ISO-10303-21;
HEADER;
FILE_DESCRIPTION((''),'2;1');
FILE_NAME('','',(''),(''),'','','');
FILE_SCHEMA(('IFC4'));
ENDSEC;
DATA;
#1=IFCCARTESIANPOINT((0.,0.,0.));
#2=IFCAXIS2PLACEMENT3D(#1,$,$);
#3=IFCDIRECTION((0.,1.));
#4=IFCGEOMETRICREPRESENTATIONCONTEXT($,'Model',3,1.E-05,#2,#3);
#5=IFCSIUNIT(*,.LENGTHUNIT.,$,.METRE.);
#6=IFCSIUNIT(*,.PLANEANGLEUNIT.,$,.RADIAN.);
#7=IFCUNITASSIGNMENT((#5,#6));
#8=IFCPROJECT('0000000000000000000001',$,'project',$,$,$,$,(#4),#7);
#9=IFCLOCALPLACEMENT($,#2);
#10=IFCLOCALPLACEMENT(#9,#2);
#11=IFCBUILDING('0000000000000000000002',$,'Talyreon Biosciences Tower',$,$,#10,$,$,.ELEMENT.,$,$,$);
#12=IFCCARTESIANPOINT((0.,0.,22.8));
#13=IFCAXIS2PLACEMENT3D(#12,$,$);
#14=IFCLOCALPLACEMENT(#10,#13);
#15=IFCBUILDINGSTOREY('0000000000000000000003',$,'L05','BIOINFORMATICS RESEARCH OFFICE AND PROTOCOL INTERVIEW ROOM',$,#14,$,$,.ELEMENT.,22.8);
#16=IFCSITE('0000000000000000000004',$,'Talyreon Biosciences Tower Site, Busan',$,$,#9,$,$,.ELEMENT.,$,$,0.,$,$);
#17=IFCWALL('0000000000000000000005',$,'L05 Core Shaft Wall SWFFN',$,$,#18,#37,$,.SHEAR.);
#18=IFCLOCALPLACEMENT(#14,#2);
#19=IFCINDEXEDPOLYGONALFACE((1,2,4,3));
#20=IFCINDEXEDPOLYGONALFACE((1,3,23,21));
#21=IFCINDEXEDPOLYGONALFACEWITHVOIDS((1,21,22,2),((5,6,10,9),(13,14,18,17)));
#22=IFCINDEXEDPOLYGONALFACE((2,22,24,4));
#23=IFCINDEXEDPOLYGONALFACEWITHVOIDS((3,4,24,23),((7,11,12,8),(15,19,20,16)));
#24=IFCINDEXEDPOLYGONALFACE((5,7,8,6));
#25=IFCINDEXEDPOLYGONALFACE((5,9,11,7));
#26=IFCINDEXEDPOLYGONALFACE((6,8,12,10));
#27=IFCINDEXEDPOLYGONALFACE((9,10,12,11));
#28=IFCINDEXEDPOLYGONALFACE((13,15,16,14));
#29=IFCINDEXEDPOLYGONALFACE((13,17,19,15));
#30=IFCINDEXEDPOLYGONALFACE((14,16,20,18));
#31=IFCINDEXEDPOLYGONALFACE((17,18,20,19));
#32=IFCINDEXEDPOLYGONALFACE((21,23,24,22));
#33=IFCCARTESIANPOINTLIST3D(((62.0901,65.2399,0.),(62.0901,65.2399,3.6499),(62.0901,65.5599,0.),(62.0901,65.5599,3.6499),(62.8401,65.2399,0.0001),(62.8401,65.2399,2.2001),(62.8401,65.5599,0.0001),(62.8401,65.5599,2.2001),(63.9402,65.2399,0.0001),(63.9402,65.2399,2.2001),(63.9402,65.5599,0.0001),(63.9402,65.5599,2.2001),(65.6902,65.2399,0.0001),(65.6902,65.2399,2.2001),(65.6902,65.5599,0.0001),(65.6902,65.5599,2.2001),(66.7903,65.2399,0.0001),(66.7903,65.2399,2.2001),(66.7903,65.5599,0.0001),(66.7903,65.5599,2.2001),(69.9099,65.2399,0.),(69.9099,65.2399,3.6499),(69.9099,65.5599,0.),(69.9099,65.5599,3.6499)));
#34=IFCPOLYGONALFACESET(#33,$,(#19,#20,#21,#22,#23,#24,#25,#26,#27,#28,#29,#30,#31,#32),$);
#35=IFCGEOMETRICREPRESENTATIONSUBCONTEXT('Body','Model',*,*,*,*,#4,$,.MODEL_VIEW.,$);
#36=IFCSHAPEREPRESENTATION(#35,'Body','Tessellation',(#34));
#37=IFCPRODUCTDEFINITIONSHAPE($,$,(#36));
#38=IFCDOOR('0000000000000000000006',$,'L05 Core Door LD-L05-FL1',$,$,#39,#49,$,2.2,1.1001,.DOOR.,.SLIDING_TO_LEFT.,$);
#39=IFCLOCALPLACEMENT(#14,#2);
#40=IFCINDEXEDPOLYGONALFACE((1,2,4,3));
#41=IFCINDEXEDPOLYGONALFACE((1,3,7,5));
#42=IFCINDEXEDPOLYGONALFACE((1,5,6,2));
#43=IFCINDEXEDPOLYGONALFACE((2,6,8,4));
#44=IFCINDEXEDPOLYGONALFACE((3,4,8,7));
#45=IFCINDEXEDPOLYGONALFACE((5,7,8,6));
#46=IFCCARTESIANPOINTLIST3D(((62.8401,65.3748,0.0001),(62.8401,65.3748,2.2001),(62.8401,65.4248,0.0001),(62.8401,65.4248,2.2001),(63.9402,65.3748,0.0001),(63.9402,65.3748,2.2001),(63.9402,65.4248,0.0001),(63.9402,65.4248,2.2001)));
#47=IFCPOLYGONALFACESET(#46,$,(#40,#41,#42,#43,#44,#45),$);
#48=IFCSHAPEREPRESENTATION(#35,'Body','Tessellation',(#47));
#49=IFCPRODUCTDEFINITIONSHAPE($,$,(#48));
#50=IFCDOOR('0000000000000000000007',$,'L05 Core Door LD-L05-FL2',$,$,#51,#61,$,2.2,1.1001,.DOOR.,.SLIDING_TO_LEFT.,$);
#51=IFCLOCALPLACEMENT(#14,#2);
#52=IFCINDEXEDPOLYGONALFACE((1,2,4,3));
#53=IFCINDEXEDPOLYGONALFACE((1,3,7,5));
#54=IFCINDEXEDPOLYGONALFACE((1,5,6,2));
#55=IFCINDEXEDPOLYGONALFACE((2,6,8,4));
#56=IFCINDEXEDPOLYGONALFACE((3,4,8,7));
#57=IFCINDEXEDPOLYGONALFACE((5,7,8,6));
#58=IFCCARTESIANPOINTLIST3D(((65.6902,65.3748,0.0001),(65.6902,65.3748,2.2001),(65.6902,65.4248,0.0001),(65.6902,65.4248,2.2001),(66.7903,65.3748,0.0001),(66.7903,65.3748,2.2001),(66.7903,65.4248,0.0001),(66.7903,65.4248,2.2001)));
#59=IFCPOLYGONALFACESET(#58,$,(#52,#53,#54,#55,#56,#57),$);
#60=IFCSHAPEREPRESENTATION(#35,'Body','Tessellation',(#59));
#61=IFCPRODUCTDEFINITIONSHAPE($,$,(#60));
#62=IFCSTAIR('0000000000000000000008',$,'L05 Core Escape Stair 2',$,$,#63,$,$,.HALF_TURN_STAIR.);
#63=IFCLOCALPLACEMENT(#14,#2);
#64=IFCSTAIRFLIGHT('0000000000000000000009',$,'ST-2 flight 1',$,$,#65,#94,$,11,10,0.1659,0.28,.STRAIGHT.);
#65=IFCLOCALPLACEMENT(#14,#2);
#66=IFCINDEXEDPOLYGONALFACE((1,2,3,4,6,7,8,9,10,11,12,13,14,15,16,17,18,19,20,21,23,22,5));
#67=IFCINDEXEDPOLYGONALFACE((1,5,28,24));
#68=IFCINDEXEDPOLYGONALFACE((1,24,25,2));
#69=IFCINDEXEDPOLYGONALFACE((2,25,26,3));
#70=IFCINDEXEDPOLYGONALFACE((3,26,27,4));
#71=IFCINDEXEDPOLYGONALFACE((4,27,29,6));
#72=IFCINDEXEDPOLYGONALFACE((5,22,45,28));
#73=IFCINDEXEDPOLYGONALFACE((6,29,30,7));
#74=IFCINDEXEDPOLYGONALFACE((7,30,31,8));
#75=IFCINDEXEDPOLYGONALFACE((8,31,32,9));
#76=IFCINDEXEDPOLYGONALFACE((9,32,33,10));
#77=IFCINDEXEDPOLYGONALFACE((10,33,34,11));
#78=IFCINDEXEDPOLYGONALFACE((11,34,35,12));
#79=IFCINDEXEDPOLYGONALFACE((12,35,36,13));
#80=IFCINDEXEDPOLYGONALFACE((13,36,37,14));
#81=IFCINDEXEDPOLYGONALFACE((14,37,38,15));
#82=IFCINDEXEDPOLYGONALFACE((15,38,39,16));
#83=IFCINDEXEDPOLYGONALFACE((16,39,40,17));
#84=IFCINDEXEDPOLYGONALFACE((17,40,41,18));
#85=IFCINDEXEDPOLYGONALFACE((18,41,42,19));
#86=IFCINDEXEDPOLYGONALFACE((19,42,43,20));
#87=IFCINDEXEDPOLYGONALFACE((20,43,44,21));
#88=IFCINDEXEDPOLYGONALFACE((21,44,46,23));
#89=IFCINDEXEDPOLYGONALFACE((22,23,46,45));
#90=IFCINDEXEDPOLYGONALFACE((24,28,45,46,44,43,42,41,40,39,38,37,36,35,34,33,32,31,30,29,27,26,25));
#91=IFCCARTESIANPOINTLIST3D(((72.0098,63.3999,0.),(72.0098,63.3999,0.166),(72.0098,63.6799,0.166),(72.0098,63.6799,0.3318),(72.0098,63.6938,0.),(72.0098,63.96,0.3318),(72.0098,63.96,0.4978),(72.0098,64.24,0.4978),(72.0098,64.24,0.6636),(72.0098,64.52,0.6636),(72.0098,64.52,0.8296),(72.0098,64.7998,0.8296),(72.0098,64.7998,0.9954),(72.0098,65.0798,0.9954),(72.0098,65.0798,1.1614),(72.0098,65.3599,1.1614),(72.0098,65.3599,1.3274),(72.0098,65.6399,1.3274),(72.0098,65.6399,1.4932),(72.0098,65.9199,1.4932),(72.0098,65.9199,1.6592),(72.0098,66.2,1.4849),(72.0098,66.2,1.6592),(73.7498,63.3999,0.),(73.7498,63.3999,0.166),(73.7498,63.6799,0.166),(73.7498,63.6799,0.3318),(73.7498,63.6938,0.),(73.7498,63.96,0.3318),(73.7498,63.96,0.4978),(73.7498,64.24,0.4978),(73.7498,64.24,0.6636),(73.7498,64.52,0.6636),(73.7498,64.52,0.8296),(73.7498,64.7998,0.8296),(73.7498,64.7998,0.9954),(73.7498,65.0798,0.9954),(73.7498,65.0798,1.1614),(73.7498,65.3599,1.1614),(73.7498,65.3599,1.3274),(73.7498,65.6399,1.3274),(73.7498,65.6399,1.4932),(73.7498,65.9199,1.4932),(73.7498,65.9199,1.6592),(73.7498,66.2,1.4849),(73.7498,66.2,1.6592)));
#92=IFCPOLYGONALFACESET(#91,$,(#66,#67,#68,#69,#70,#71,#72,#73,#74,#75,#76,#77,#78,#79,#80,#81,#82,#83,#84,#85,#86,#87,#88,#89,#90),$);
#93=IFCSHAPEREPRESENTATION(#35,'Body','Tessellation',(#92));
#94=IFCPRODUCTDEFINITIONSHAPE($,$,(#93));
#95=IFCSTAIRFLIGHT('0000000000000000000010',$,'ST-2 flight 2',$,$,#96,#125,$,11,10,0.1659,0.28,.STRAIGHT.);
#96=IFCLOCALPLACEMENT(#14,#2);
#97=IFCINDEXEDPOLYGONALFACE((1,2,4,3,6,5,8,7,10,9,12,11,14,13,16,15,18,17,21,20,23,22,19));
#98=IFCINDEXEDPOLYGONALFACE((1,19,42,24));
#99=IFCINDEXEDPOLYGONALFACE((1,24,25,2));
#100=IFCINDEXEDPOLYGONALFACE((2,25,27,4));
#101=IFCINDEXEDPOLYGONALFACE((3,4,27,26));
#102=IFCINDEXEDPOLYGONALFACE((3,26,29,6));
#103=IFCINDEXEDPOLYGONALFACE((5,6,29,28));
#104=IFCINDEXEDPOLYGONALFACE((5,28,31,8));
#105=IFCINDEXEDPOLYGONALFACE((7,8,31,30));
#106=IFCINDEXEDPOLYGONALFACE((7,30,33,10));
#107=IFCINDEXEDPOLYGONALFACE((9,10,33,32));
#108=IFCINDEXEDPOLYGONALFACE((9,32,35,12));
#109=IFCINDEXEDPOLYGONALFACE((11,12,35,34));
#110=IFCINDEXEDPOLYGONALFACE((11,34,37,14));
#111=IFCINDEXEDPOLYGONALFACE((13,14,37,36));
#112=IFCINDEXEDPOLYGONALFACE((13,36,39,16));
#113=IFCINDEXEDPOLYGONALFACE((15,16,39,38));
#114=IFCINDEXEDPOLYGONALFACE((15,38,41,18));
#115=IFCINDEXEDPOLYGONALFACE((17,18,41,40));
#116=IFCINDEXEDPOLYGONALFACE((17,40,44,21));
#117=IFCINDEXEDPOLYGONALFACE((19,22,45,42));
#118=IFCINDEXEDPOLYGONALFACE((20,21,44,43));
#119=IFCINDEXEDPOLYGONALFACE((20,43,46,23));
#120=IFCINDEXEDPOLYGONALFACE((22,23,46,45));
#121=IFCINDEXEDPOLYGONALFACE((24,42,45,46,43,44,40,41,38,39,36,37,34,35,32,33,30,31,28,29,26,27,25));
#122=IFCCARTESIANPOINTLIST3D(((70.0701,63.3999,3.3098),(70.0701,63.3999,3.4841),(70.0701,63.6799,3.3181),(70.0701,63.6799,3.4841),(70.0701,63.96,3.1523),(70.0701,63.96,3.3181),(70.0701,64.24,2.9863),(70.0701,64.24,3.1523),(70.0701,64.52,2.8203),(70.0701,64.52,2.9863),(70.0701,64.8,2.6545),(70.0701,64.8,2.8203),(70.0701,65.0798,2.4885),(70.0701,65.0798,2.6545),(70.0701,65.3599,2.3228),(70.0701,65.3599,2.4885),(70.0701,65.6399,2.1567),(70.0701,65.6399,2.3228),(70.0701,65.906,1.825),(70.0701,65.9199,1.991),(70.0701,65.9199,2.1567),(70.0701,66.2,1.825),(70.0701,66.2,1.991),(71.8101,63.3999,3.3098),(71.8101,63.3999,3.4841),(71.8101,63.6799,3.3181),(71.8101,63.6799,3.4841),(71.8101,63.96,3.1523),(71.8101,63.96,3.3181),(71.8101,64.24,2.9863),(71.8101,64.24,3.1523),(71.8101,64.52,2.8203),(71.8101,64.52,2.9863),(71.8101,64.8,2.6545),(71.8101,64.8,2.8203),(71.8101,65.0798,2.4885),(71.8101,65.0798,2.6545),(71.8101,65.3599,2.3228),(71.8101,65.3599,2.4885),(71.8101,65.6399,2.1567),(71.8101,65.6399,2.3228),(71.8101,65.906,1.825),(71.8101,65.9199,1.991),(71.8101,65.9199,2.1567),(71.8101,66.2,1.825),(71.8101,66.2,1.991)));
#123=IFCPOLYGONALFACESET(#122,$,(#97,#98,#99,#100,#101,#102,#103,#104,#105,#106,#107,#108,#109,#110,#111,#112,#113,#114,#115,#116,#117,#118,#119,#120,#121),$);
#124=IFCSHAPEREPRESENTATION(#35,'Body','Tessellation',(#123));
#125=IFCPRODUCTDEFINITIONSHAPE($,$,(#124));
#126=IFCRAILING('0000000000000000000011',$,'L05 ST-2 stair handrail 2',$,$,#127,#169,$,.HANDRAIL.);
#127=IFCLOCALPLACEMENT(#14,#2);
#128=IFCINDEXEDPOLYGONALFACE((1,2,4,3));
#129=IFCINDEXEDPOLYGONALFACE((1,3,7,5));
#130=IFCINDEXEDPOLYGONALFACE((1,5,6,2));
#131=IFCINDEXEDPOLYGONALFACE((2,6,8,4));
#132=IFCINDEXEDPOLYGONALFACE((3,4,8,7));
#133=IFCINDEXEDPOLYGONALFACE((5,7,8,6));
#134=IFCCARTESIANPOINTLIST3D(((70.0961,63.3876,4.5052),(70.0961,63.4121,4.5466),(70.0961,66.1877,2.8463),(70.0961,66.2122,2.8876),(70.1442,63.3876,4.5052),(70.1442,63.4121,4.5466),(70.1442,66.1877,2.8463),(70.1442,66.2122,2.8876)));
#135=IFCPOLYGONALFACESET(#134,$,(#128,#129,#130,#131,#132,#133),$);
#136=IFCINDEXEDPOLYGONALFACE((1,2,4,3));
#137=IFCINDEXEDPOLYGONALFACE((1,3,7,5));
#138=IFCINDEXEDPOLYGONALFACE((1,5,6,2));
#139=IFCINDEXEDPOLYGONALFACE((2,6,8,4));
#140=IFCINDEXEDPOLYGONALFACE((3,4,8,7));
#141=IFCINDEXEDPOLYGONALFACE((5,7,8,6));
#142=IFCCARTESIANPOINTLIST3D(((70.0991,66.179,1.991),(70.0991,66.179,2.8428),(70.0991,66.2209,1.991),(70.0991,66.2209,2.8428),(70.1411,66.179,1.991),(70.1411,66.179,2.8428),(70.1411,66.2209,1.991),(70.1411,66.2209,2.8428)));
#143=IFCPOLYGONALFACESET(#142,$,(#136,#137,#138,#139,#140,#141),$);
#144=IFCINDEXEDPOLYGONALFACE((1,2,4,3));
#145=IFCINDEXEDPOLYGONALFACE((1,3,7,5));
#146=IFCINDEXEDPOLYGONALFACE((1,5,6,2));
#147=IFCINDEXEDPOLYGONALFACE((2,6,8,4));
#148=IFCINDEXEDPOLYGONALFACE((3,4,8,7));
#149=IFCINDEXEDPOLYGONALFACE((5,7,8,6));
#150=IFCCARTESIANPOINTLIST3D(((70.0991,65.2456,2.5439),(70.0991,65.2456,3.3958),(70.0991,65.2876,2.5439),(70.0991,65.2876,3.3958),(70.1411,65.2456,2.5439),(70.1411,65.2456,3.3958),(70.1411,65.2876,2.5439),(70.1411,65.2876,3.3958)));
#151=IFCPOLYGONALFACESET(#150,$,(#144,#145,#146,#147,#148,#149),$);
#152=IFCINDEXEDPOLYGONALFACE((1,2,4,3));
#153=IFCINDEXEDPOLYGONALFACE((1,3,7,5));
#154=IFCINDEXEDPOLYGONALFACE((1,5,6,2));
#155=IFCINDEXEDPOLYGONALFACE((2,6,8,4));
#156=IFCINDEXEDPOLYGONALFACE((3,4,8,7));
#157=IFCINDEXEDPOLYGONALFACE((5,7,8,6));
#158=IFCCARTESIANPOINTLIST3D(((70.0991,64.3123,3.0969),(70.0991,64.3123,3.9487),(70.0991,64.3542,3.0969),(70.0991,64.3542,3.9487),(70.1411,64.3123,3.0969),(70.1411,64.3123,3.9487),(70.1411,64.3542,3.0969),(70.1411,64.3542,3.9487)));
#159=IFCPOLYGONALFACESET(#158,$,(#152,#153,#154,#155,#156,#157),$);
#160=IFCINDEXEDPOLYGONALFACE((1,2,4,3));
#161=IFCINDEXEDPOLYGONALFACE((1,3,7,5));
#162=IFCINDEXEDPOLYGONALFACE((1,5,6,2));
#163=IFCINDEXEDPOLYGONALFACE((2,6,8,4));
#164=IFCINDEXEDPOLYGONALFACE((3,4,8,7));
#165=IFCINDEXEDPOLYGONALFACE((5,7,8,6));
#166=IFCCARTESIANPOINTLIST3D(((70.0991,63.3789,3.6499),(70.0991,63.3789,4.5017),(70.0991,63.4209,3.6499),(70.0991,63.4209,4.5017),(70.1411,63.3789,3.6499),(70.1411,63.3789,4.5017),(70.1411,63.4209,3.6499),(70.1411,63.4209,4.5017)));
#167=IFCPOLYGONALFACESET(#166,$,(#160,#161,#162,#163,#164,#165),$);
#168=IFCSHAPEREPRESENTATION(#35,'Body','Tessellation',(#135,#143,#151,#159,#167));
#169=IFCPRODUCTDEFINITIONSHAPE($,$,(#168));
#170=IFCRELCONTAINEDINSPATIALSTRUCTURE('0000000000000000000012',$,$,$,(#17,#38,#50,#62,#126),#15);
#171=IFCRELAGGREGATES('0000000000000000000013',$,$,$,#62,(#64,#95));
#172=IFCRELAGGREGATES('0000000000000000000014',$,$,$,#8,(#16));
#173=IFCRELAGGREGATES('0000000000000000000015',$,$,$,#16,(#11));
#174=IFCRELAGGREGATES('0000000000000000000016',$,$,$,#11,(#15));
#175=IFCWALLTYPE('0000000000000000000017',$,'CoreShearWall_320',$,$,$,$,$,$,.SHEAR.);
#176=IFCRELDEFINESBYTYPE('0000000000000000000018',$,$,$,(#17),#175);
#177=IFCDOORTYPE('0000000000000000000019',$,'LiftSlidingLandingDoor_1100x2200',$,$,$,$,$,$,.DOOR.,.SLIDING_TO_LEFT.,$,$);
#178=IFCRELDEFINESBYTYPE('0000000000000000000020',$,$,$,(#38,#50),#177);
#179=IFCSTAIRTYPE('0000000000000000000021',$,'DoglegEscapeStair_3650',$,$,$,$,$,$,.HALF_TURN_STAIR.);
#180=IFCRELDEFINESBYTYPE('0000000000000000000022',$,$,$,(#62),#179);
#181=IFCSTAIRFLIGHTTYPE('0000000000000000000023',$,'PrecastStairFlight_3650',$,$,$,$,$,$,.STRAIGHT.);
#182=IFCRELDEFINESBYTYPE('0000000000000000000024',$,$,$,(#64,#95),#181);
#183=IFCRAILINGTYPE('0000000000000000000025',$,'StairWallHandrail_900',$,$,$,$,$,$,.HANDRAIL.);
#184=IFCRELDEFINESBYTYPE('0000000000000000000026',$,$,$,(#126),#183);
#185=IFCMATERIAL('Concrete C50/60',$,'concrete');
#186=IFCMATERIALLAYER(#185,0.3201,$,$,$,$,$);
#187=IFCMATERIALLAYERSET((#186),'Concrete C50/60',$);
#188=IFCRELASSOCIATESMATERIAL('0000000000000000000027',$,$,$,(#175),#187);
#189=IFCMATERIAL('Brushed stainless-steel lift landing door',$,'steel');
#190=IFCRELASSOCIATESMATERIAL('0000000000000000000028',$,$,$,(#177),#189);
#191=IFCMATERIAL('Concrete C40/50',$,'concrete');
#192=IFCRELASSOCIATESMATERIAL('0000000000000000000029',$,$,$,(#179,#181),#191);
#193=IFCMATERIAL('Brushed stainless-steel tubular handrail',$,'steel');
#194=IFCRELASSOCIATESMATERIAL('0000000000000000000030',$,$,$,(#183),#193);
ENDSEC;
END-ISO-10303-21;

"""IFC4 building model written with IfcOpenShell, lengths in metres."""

from ifc_helpers import new_model, si_unit, direction, frame, frame_2d, origin, origin_2d, place, context, subcontext, project, spatial, polyline, rectangle, outline, extrude, material, layer, layer_set, type_object, element, fill, aggregate, save


model = new_model("IFC4")

# Units and contexts
model_context = context("Model", 3, precision=1e-05, world=origin(), true_north=direction((0.0, 1.0)))
body_context = subcontext(model_context, "Body", "Model", "MODEL_VIEW")
ifc_project = project(units=[si_unit("LENGTHUNIT", "METRE"), si_unit("PLANEANGLEUNIT", "RADIAN")], contexts=[model_context])

# Site, building, storey
site_placement = place(None, origin())
site = spatial("IfcSite", under=ifc_project, at=site_placement, Name="Talyreon Biosciences Tower Site, Busan", CompositionType="ELEMENT", RefElevation=0.0)
building_placement = place(site_placement, origin())
building = spatial("IfcBuilding", under=site, at=building_placement, Name="Talyreon Biosciences Tower", CompositionType="ELEMENT")
storey_placement = place(building_placement, frame((0.0, 0.0, 22.8)))
storey = spatial("IfcBuildingStorey", under=building, at=storey_placement, Name="L05", Description="BIOINFORMATICS RESEARCH OFFICE AND PROTOCOL INTERVIEW ROOM", CompositionType="ELEMENT", Elevation=22.8)

# Shared definitions
ifc_material_1 = material(Name="Concrete C50/60", Category="concrete")

# Shared definitions
ifc_layer_1 = layer(ifc_material_1, 0.3201)
ifc_layer_set_1 = layer_set([ifc_layer_1], Name="Concrete C50/60")
wall_type_1 = type_object("IfcWallType", Name="CoreShearWall_320", PredefinedType="SHEAR", material=ifc_layer_set_1)

# Wall, openings, doors
wall_1_placement = place(storey_placement, frame((62.0901, 65.3999, 0.0), z_axis=(0.0, 0.0, 1.0), x_axis=(1.0, 0.0, 0.0)))
wall_1 = element("IfcWall", 1, at=wall_1_placement, inside=storey, type_object=wall_type_1, Name="L05 Core Shaft Wall SWFFN", PredefinedType="SHEAR", context=body_context, shape_type="SweptSolid", body=[
    extrude(rectangle(XDim=7.8198, YDim=0.3201, at=frame_2d((3.9099, 0.0))), origin(), (0.0, 0.0, 1.0), 3.6499),
])
opening_1_placement = place(wall_1_placement, frame((0.75, 0.0, 0.0)))
opening_1 = element("IfcOpeningElement", 2, at=opening_1_placement, cuts=wall_1, PredefinedType="OPENING", context=body_context, shape_type="SweptSolid", body=[
    extrude(rectangle(XDim=1.1001, YDim=2.2, at=frame_2d((0.55, 1.1001))), frame((0.0, 0.1699, 0.0), z_axis=(0.0, -1.0, 0.0), x_axis=(1.0, 0.0, 0.0)), (0.0, 0.0, 1.0), 0.3401),
])
opening_2_placement = place(wall_1_placement, frame((3.6001, 0.0, 0.0)))
opening_2 = element("IfcOpeningElement", 3, at=opening_2_placement, cuts=wall_1, PredefinedType="OPENING", context=body_context, shape_type="SweptSolid", body=[
    extrude(rectangle(XDim=1.1001, YDim=2.2, at=frame_2d((0.55, 1.1001))), frame((0.0, 0.1699, 0.0), z_axis=(0.0, -1.0, 0.0), x_axis=(1.0, 0.0, 0.0)), (0.0, 0.0, 1.0), 0.3401),
])
ifc_material_2 = material(Name="Brushed stainless-steel lift landing door", Category="steel")
door_type_1 = type_object("IfcDoorType", Name="LiftSlidingLandingDoor_1100x2200", OperationType="SLIDING_TO_LEFT", PredefinedType="DOOR", material=ifc_material_2)
door_1_placement = place(opening_1_placement, origin())
door_1 = element("IfcDoor", 4, at=door_1_placement, inside=storey, type_object=door_type_1, Name="L05 Core Door LD-L05-FL1", OperationType="SLIDING_TO_LEFT", OverallHeight=2.2, OverallWidth=1.1001, PredefinedType="DOOR", context=body_context, shape_type="SweptSolid", body=[
    extrude(rectangle(XDim=1.1001, YDim=2.2, at=frame_2d((0.55, 1.1001))), frame((0.0, 0.0249, 0.0), z_axis=(0.0, -1.0, 0.0), x_axis=(1.0, 0.0, 0.0)), (0.0, 0.0, 1.0), 0.05),
])
fill(opening_1, door_1)
door_2_placement = place(opening_2_placement, origin())
door_2 = element("IfcDoor", 5, at=door_2_placement, inside=storey, type_object=door_type_1, Name="L05 Core Door LD-L05-FL2", OperationType="SLIDING_TO_LEFT", OverallHeight=2.2, OverallWidth=1.1001, PredefinedType="DOOR", context=body_context, shape_type="SweptSolid", body=[
    extrude(rectangle(XDim=1.1001, YDim=2.2, at=frame_2d((0.55, 1.1001))), frame((0.0, 0.0249, 0.0), z_axis=(0.0, -1.0, 0.0), x_axis=(1.0, 0.0, 0.0)), (0.0, 0.0, 1.0), 0.05),
])
fill(opening_2, door_2)

# Stair, stair flights
ifc_material_3 = material(Name="Concrete C40/50", Category="concrete")
stair_type = type_object("IfcStairType", Name="DoglegEscapeStair_3650", PredefinedType="HALF_TURN_STAIR", material=ifc_material_3)
stair_placement = place(storey_placement, origin())
stair = element("IfcStair", 6, at=stair_placement, inside=storey, type_object=stair_type, Name="L05 Core Escape Stair 2", PredefinedType="HALF_TURN_STAIR")
stair_flight_type = type_object("IfcStairFlightType", Name="PrecastStairFlight_3650", PredefinedType="STRAIGHT", material=ifc_material_3)
stair_flight_1_placement = place(storey_placement, frame((72.8799, 63.3999, 0.0), z_axis=(0.0, 0.0, 1.0), x_axis=(0.0, 1.0, 0.0)))
stair_flight_1 = element("IfcStairFlight", 7, at=stair_flight_1_placement, type_object=stair_flight_type, Name="ST-2 flight 1", NumberOfRisers=11, NumberOfTreads=10, PredefinedType="STRAIGHT", RiserHeight=0.1659, TreadLength=0.28, context=body_context, shape_type="SweptSolid", body=[
    extrude(outline(polyline([(0.0, 0.0), (0.0, 0.166), (0.28, 0.166), (0.28, 0.3318), (0.5601, 0.3318), (0.5601, 0.4978), (0.8401, 0.4978), (0.8401, 0.6636), (1.1201, 0.6636), (1.1201, 0.8296), (1.3999, 0.8296), (1.3999, 0.9954), (1.6799, 0.9954), (1.6799, 1.1614), (1.96, 1.1614), (1.96, 1.3274), (2.24, 1.3274), (2.24, 1.4932), (2.52, 1.4932), (2.52, 1.6592), (2.8, 1.6592), (2.8, 1.825), (2.8, 1.4849), (0.2939, 0.0), (0.0, 0.0)])), frame((0.0, 0.8701, 0.0), z_axis=(0.0, -1.0, 0.0), x_axis=(1.0, 0.0, 0.0)), (0.0, 0.0, 1.0), 1.74),
])
stair_flight_2_placement = place(storey_placement, frame((70.9399, 66.2, 1.825), z_axis=(0.0, 0.0, 1.0), x_axis=(0.0, -1.0, 0.0)))
stair_flight_2 = element("IfcStairFlight", 8, at=stair_flight_2_placement, type_object=stair_flight_type, Name="ST-2 flight 2", NumberOfRisers=11, NumberOfTreads=10, PredefinedType="STRAIGHT", RiserHeight=0.1659, TreadLength=0.28, context=body_context, shape_type="SweptSolid", body=[
    extrude(outline(polyline([(0.0, 0.0), (0.0, 0.166), (0.28, 0.166), (0.28, 0.3318), (0.5601, 0.3318), (0.5601, 0.4978), (0.8401, 0.4978), (0.8401, 0.6636), (1.1201, 0.6636), (1.1201, 0.8296), (1.3999, 0.8296), (1.3999, 0.9954), (1.6799, 0.9954), (1.6799, 1.1614), (1.96, 1.1614), (1.96, 1.3274), (2.24, 1.3274), (2.24, 1.4932), (2.52, 1.4932), (2.52, 1.6592), (2.8, 1.6592), (2.8, 1.825), (2.8, 1.4849), (0.2939, 0.0), (0.0, 0.0)])), frame((0.0, 0.8701, 0.0), z_axis=(0.0, -1.0, 0.0), x_axis=(1.0, 0.0, 0.0)), (0.0, 0.0, 1.0), 1.74),
])
aggregate(stair, [stair_flight_1, stair_flight_2])

# Railing
ifc_material_4 = material(Name="Brushed stainless-steel tubular handrail", Category="steel")
railing_type_1 = type_object("IfcRailingType", Name="StairWallHandrail_900", PredefinedType="HANDRAIL", material=ifc_material_4)
railing_1_placement = place(storey_placement, frame((70.1201, 66.2, 1.991)))
element("IfcRailing", 9, at=railing_1_placement, inside=storey, type_object=railing_type_1, Name="L05 ST-2 stair handrail 2", PredefinedType="HANDRAIL", context=body_context, shape_type="SweptSolid", body=[
    extrude(rectangle(XDim=0.0481, YDim=0.0481, at=origin_2d()), frame((0.0, 0.0, 0.876), z_axis=(0.0, -0.860339, 0.509722), x_axis=(1.0, 0.0, 0.0)), (0.0, 0.0, 1.0), 3.2546),
    extrude(rectangle(XDim=0.042, YDim=0.042, at=origin_2d()), origin(), (0.0, 0.0, 1.0), 0.8518),
    extrude(rectangle(XDim=0.042, YDim=0.042, at=origin_2d()), frame((0.0, -0.9333, 0.553)), (0.0, 0.0, 1.0), 0.8518),
    extrude(rectangle(XDim=0.042, YDim=0.042, at=origin_2d()), frame((0.0, -1.8667, 1.106)), (0.0, 0.0, 1.0), 0.8518),
    extrude(rectangle(XDim=0.042, YDim=0.042, at=origin_2d()), frame((0.0, -2.8, 1.6589)), (0.0, 0.0, 1.0), 0.8518),
])

save(model, "model.ifc")
